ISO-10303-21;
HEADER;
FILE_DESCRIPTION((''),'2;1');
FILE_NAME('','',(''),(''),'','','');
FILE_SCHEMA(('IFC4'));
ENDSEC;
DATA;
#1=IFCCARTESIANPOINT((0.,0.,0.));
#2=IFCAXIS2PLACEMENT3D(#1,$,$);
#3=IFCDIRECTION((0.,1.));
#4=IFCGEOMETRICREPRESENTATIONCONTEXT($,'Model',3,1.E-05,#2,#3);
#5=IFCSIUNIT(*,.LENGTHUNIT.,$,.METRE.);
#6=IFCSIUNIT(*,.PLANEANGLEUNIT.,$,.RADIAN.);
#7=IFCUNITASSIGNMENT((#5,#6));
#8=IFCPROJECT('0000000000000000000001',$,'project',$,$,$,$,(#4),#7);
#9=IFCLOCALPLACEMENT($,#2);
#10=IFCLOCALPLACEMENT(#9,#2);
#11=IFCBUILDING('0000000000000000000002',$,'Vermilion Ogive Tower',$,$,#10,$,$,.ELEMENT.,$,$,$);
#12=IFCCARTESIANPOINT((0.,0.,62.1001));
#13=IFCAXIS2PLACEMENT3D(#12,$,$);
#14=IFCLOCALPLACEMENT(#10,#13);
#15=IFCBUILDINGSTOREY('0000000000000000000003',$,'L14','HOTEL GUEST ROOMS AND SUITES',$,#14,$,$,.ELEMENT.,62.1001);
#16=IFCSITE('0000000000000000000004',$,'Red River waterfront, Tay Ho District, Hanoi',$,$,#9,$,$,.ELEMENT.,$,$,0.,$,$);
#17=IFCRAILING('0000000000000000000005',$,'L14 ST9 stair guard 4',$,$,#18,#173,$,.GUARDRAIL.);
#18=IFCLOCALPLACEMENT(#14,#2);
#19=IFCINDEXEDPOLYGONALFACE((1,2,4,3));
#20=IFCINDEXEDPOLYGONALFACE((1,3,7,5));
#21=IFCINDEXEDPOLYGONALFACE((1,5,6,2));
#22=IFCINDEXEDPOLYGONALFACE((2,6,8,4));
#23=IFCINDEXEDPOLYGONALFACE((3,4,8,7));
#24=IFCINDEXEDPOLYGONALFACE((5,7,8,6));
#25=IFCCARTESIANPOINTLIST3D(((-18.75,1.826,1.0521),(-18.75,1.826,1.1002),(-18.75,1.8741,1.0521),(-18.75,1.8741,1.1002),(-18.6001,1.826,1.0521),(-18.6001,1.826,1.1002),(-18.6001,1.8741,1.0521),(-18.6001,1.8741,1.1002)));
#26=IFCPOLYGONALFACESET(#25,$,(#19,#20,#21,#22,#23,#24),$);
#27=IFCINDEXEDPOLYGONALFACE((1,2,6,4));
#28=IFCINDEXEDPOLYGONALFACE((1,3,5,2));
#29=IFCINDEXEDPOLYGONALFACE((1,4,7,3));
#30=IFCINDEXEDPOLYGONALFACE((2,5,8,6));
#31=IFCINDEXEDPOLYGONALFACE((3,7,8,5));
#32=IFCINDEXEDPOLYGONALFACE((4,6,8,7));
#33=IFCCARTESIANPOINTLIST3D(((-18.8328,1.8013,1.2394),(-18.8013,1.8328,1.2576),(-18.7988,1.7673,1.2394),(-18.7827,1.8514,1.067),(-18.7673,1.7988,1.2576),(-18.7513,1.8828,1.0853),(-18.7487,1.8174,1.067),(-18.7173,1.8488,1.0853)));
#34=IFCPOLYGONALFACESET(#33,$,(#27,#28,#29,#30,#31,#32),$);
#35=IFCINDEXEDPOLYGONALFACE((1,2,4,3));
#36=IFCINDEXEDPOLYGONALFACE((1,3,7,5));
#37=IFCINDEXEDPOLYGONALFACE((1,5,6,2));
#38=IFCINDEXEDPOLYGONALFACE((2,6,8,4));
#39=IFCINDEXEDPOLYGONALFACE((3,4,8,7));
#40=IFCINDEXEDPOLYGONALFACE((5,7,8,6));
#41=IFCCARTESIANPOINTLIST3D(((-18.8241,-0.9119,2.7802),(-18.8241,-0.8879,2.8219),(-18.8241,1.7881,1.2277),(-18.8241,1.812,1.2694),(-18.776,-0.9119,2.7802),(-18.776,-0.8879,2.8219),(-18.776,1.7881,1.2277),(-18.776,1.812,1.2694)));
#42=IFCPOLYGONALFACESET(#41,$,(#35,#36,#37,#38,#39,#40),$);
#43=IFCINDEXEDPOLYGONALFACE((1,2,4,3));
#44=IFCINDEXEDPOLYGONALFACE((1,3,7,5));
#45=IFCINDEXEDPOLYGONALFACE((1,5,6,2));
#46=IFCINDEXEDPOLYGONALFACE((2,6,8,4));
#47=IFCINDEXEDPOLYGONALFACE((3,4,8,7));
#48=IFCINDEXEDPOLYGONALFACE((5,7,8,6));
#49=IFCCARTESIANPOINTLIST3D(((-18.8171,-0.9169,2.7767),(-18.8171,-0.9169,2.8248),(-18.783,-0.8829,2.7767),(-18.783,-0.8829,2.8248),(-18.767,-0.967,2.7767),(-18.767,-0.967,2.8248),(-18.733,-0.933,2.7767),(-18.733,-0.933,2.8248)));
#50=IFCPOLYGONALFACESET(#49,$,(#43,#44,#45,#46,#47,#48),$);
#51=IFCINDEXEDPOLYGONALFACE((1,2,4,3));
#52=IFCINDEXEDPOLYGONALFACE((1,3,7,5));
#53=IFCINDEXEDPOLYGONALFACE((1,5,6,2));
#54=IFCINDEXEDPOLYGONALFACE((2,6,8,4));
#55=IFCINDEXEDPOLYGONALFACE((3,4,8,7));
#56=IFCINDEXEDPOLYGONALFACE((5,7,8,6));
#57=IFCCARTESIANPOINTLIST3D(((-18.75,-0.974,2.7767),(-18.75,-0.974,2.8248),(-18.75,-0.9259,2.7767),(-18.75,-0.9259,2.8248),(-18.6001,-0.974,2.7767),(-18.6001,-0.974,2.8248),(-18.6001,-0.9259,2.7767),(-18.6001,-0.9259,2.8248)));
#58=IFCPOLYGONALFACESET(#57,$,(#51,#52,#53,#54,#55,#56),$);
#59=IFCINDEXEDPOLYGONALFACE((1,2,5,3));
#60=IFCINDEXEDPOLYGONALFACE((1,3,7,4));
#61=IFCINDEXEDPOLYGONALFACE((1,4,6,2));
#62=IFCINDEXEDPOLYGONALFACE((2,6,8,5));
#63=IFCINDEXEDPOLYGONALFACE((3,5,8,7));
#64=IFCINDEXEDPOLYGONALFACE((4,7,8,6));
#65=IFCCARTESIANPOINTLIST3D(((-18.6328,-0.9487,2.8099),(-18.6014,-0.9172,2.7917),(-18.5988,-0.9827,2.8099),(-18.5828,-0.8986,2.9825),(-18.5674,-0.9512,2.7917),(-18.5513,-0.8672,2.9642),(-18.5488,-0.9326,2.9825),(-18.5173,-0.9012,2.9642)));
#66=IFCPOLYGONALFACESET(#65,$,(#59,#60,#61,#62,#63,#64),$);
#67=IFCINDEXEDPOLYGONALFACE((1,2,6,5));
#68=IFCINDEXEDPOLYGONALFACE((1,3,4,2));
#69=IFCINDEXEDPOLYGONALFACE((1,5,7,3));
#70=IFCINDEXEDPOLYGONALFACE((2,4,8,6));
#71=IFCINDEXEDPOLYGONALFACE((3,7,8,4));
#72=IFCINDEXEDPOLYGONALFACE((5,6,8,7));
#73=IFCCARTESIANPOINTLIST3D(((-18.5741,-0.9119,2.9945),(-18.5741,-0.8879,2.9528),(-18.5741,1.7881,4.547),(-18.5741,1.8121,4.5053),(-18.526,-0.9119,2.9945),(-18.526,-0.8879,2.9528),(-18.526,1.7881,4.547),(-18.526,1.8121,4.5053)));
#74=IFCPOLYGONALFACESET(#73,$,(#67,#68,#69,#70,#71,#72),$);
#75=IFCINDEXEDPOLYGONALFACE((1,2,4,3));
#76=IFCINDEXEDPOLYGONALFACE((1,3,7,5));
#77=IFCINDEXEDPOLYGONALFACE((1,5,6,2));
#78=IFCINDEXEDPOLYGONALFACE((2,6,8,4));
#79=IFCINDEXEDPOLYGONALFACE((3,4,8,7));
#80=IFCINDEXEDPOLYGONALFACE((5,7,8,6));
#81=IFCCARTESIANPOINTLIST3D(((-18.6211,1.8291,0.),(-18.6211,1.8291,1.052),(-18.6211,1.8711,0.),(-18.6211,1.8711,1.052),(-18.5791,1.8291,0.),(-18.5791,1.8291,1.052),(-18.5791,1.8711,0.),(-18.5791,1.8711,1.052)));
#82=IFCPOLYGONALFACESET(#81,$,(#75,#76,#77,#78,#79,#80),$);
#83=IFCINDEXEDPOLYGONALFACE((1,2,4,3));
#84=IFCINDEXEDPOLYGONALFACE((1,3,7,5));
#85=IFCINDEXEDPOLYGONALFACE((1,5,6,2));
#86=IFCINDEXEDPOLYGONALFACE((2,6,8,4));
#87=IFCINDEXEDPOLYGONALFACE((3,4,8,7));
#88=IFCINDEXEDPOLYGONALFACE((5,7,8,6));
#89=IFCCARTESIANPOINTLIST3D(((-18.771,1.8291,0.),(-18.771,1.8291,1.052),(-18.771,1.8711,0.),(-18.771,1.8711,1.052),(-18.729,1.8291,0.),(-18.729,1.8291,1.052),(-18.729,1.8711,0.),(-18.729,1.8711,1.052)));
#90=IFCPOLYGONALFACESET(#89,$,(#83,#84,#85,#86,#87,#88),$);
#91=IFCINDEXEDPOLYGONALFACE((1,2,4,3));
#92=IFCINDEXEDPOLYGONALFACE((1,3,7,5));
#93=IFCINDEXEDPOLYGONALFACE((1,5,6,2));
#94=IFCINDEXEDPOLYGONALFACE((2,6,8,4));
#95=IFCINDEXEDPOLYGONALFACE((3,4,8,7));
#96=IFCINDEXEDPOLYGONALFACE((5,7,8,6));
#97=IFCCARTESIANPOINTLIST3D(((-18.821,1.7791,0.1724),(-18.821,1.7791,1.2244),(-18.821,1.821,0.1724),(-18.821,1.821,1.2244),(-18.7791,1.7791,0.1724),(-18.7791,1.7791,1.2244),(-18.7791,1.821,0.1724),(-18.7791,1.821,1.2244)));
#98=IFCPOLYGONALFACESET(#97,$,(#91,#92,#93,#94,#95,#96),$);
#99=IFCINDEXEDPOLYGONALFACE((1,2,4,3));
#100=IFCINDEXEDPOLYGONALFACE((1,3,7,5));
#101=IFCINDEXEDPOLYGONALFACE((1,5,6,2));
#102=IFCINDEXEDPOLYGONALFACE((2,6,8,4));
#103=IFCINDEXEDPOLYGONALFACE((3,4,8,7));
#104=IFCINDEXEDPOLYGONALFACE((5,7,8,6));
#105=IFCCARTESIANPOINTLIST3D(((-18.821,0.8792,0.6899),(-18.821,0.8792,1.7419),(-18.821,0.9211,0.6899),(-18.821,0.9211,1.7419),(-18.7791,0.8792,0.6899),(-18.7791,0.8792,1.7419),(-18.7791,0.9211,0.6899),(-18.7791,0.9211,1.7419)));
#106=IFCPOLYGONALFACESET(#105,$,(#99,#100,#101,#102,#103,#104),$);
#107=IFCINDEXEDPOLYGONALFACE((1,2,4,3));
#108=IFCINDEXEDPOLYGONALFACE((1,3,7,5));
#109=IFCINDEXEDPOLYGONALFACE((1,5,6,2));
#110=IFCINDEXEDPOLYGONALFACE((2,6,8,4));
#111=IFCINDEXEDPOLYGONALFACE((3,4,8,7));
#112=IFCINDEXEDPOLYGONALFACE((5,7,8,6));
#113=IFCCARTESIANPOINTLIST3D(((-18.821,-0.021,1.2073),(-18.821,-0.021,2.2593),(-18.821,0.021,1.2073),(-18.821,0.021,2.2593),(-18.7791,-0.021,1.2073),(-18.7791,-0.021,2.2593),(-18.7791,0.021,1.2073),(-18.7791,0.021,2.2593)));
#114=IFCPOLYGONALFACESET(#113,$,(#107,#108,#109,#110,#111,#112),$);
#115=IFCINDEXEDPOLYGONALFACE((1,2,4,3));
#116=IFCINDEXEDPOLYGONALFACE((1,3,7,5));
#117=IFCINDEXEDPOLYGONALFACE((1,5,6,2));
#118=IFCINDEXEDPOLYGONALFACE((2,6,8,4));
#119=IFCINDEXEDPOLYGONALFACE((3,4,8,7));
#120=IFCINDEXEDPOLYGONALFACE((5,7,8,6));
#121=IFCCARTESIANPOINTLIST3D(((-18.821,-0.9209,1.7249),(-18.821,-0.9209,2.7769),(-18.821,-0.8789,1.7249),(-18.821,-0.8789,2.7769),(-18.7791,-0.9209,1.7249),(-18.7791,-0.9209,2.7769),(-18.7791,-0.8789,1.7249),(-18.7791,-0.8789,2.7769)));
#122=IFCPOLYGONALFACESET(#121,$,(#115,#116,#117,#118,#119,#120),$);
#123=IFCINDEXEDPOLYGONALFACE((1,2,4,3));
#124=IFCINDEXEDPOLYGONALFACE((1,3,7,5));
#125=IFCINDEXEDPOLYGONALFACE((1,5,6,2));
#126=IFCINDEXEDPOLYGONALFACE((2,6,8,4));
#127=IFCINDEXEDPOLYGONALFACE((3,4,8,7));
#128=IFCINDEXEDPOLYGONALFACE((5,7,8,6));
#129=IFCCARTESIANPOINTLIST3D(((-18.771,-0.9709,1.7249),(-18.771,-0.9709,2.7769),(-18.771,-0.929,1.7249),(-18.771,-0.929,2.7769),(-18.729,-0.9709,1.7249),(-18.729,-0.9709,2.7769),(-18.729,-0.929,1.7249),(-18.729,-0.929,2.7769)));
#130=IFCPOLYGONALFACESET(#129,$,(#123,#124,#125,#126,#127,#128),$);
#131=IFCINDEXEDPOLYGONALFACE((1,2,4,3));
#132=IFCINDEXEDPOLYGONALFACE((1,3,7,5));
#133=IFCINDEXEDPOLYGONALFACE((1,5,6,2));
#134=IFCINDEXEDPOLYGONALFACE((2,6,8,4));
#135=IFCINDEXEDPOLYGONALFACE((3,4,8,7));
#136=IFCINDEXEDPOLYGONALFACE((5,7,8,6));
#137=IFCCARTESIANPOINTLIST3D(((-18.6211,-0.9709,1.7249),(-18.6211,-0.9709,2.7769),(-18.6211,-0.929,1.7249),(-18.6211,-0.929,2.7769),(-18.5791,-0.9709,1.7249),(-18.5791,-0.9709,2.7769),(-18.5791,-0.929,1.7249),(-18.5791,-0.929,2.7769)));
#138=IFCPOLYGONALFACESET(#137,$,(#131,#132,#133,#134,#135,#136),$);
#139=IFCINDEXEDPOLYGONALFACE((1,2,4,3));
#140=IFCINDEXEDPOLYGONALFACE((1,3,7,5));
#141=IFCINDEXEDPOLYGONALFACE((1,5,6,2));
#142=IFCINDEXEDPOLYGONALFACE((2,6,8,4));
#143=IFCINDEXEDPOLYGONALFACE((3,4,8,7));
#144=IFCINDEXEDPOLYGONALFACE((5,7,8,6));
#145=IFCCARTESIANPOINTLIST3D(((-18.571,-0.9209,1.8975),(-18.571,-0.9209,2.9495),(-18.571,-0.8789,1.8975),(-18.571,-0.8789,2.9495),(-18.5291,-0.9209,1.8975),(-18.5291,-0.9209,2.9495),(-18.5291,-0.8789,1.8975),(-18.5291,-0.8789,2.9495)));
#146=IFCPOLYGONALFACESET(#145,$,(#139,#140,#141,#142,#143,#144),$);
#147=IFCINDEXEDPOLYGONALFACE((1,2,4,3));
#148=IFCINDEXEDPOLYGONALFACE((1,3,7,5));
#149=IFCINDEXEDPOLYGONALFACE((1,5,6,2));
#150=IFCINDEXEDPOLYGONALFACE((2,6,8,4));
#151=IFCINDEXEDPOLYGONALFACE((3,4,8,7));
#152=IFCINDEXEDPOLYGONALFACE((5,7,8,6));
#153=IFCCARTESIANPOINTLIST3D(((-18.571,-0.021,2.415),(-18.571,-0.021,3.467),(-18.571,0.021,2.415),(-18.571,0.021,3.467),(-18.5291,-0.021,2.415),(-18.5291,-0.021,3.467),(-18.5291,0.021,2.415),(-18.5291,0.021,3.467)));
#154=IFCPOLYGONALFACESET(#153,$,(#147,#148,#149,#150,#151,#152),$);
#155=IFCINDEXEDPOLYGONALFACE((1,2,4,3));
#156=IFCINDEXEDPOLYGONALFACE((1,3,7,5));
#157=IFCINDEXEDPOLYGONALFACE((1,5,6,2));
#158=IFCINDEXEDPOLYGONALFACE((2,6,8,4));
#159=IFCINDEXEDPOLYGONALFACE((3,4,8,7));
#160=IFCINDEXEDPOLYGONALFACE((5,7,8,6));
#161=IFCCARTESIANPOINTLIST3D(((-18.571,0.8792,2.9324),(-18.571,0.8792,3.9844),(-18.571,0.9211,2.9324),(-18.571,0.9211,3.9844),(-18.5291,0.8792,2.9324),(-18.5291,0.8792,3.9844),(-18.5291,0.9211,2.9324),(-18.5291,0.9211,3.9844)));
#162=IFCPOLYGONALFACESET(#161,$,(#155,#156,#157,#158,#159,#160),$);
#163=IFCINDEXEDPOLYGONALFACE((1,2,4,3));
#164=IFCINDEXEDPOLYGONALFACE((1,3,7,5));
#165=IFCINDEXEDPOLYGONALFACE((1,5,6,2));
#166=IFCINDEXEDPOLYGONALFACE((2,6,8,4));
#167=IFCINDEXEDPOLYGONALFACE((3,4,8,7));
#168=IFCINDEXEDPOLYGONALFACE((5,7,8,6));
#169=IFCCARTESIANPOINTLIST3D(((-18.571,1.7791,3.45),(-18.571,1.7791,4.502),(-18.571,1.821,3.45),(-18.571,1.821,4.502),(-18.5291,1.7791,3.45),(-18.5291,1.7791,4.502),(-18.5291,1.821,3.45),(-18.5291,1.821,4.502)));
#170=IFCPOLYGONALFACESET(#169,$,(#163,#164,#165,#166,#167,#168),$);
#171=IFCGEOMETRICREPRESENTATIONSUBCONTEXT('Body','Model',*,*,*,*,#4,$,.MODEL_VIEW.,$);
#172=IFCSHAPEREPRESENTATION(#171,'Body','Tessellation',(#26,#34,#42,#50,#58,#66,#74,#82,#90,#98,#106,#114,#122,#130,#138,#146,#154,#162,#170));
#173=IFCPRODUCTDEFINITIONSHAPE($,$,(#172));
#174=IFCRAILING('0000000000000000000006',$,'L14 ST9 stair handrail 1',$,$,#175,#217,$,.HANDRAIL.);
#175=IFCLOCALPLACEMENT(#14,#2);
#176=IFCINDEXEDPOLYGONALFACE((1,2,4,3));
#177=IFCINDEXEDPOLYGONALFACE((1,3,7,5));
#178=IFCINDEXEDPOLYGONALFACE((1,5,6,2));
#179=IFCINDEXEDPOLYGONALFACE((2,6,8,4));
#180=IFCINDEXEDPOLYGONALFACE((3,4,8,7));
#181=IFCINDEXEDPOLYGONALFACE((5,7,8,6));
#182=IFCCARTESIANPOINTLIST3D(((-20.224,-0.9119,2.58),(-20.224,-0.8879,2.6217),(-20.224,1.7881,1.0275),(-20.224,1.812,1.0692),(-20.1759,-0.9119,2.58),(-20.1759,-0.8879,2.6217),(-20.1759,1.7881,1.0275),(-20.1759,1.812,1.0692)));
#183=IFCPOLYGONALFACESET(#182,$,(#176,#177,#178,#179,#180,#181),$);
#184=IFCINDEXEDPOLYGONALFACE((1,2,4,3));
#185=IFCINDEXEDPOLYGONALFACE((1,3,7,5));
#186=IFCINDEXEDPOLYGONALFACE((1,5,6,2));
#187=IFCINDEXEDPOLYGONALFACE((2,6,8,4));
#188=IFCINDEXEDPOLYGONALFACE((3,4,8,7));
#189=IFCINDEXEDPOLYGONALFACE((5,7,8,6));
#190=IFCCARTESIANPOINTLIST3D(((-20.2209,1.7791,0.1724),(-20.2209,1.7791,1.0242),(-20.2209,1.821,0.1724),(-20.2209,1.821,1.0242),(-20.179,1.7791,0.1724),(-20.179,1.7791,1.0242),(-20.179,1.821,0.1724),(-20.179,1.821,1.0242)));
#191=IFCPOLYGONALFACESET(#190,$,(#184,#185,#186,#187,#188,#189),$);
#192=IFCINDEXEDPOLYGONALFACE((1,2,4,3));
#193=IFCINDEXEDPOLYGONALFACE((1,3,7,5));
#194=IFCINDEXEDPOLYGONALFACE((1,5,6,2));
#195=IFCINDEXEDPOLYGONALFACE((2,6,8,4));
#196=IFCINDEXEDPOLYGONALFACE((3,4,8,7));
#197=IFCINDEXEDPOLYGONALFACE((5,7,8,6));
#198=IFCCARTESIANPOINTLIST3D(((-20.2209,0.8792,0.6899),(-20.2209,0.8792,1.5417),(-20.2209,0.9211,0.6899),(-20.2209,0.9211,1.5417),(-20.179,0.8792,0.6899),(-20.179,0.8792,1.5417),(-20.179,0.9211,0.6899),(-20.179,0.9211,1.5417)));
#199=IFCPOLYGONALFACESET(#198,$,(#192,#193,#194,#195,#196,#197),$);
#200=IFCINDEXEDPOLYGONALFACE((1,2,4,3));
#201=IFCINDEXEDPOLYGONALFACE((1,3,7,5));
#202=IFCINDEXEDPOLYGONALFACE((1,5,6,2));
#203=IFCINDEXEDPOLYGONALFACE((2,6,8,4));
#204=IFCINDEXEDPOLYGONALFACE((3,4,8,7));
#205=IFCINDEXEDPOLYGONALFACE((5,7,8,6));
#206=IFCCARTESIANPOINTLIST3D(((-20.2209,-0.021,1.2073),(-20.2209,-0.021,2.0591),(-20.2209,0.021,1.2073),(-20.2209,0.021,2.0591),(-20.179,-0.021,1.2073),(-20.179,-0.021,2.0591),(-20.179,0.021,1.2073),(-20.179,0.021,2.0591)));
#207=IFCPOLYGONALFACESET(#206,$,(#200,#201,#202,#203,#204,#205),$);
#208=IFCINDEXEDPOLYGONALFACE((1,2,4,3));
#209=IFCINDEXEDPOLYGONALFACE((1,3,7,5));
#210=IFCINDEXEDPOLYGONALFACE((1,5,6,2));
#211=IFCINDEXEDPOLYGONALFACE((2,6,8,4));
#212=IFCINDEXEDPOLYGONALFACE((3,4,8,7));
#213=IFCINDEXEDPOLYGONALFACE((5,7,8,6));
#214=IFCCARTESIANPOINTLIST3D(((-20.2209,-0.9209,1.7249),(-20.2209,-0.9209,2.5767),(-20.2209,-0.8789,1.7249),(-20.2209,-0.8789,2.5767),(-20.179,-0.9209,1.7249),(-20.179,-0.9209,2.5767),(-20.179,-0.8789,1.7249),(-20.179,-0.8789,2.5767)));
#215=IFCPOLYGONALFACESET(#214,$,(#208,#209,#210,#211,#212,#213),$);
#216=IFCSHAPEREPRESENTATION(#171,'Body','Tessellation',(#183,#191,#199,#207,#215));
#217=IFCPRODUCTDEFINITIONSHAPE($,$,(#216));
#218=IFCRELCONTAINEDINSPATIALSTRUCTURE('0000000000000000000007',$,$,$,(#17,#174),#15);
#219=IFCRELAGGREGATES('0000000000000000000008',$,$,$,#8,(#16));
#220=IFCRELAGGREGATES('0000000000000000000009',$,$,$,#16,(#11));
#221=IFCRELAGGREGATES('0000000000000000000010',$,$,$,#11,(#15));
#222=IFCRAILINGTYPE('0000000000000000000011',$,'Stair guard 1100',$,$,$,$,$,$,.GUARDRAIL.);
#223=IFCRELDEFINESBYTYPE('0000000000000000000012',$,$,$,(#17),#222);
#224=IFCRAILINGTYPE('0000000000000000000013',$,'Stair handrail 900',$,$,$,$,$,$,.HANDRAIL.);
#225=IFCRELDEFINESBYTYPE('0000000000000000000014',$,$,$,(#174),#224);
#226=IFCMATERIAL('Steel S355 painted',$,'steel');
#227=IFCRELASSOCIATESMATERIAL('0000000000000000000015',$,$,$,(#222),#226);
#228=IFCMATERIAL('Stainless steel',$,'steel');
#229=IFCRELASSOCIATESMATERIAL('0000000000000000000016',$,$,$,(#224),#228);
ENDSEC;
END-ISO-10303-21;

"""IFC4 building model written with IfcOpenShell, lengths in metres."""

from ifc_helpers import new_model, si_unit, direction, frame, origin, origin_2d, place, context, subcontext, project, spatial, rectangle, extrude, material, type_object, element, save


model = new_model("IFC4")

# Units and contexts
model_context = context("Model", 3, precision=1e-05, world=origin(), true_north=direction((0.0, 1.0)))
body_context = subcontext(model_context, "Body", "Model", "MODEL_VIEW")
ifc_project = project(units=[si_unit("LENGTHUNIT", "METRE"), si_unit("PLANEANGLEUNIT", "RADIAN")], contexts=[model_context])

# Site, building, storey
site_placement = place(None, origin())
site = spatial("IfcSite", under=ifc_project, at=site_placement, Name="Red River waterfront, Tay Ho District, Hanoi", CompositionType="ELEMENT", RefElevation=0.0)
building_placement = place(site_placement, origin())
building = spatial("IfcBuilding", under=site, at=building_placement, Name="Vermilion Ogive Tower", CompositionType="ELEMENT")
storey_placement = place(building_placement, frame((0.0, 0.0, 62.1001)))
storey = spatial("IfcBuildingStorey", under=building, at=storey_placement, Name="L14", Description="HOTEL GUEST ROOMS AND SUITES", CompositionType="ELEMENT", Elevation=62.1001)

# Railings
ifc_material_1 = material(Name="Steel S355 painted", Category="steel")
railing_type_1 = type_object("IfcRailingType", Name="Stair guard 1100", PredefinedType="GUARDRAIL", material=ifc_material_1)
railing_1_placement = place(storey_placement, frame((-18.6001, 1.8501, 0.0)))
element("IfcRailing", 1, at=railing_1_placement, inside=storey, type_object=railing_type_1, Name="L14 ST9 stair guard 4", PredefinedType="GUARDRAIL", context=body_context, shape_type="SweptSolid", body=[
    extrude(rectangle(XDim=0.0481, YDim=0.0481, at=origin_2d()), frame((0.0, 0.0, 1.0762), z_axis=(-1.0, 0.0, 0.0), x_axis=(0.0, -1.0, 0.0)), (0.0, 0.0, 1.0), 0.1499),
    extrude(rectangle(XDim=0.0481, YDim=0.0481, at=origin_2d()), frame((-0.1499, 0.0, 1.0762), z_axis=(-0.268603, -0.268603, 0.925043), x_axis=(0.707107, -0.707107, 0.0)), (0.0, 0.0, 1.0), 0.1863),
    extrude(rectangle(XDim=0.0481, YDim=0.0481, at=origin_2d()), frame((-0.2, -0.05, 1.2485), z_axis=(0.0, -0.866904, 0.498476), x_axis=(1.0, 0.0, 0.0)), (0.0, 0.0, 1.0), 3.1145),
    extrude(rectangle(XDim=0.0481, YDim=0.0481, at=origin_2d()), frame((-0.2, -2.75, 2.8008), z_axis=(0.707107, -0.707107, 0.0), x_axis=(0.707107, 0.707107, 0.0)), (0.0, 0.0, 1.0), 0.0708),
    extrude(rectangle(XDim=0.0481, YDim=0.0481, at=origin_2d()), frame((-0.1499, -2.8, 2.8008), z_axis=(1.0, 0.0, 0.0), x_axis=(0.0, 1.0, 0.0)), (0.0, 0.0, 1.0), 0.1499),
    extrude(rectangle(XDim=0.0481, YDim=0.0481, at=origin_2d()), frame((0.0, -2.8, 2.8008), z_axis=(0.268278, 0.268278, 0.925232), x_axis=(-0.707107, 0.707107, 0.0)), (0.0, 0.0, 1.0), 0.1865),
    extrude(rectangle(XDim=0.0481, YDim=0.0481, at=origin_2d()), frame((0.05, -2.75, 2.9736), z_axis=(0.0, 0.866904, 0.498476), x_axis=(-1.0, 0.0, 0.0)), (0.0, 0.0, 1.0), 3.1145),
    extrude(rectangle(XDim=0.042, YDim=0.042, at=origin_2d()), origin(), (0.0, 0.0, 1.0), 1.052),
    extrude(rectangle(XDim=0.042, YDim=0.042, at=origin_2d()), frame((-0.1499, 0.0, 0.0)), (0.0, 0.0, 1.0), 1.052),
    extrude(rectangle(XDim=0.042, YDim=0.042, at=origin_2d()), frame((-0.2, -0.05, 0.1724)), (0.0, 0.0, 1.0), 1.052),
    extrude(rectangle(XDim=0.042, YDim=0.042, at=origin_2d()), frame((-0.2, -0.95, 0.6899)), (0.0, 0.0, 1.0), 1.052),
    extrude(rectangle(XDim=0.042, YDim=0.042, at=origin_2d()), frame((-0.2, -1.8501, 1.2073)), (0.0, 0.0, 1.0), 1.052),
    extrude(rectangle(XDim=0.042, YDim=0.042, at=origin_2d()), frame((-0.2, -2.75, 1.7249)), (0.0, 0.0, 1.0), 1.052),
    extrude(rectangle(XDim=0.042, YDim=0.042, at=origin_2d()), frame((-0.1499, -2.8, 1.7249)), (0.0, 0.0, 1.0), 1.052),
    extrude(rectangle(XDim=0.042, YDim=0.042, at=origin_2d()), frame((0.0, -2.8, 1.7249)), (0.0, 0.0, 1.0), 1.052),
    extrude(rectangle(XDim=0.042, YDim=0.042, at=origin_2d()), frame((0.05, -2.75, 1.8975)), (0.0, 0.0, 1.0), 1.052),
    extrude(rectangle(XDim=0.042, YDim=0.042, at=origin_2d()), frame((0.05, -1.8501, 2.415)), (0.0, 0.0, 1.0), 1.052),
    extrude(rectangle(XDim=0.042, YDim=0.042, at=origin_2d()), frame((0.05, -0.95, 2.9324)), (0.0, 0.0, 1.0), 1.052),
    extrude(rectangle(XDim=0.042, YDim=0.042, at=origin_2d()), frame((0.05, -0.05, 3.45)), (0.0, 0.0, 1.0), 1.052),
])
ifc_material_2 = material(Name="Stainless steel", Category="steel")
railing_type_2 = type_object("IfcRailingType", Name="Stair handrail 900", PredefinedType="HANDRAIL", material=ifc_material_2)
railing_2_placement = place(storey_placement, frame((-20.2, 1.8, 0.1724)))
element("IfcRailing", 2, at=railing_2_placement, inside=storey, type_object=railing_type_2, Name="L14 ST9 stair handrail 1", PredefinedType="HANDRAIL", context=body_context, shape_type="SweptSolid", body=[
    extrude(rectangle(XDim=0.0481, YDim=0.0481, at=origin_2d()), frame((0.0, 0.0, 0.876), z_axis=(0.0, -0.866904, 0.498476), x_axis=(1.0, 0.0, 0.0)), (0.0, 0.0, 1.0), 3.1145),
    extrude(rectangle(XDim=0.042, YDim=0.042, at=origin_2d()), origin(), (0.0, 0.0, 1.0), 0.8518),
    extrude(rectangle(XDim=0.042, YDim=0.042, at=origin_2d()), frame((0.0, -0.8999, 0.5176)), (0.0, 0.0, 1.0), 0.8518),
    extrude(rectangle(XDim=0.042, YDim=0.042, at=origin_2d()), frame((0.0, -1.8, 1.0349)), (0.0, 0.0, 1.0), 0.8518),
    extrude(rectangle(XDim=0.042, YDim=0.042, at=origin_2d()), frame((0.0, -2.7, 1.5525)), (0.0, 0.0, 1.0), 0.8518),
])

save(model, "model.ifc")
